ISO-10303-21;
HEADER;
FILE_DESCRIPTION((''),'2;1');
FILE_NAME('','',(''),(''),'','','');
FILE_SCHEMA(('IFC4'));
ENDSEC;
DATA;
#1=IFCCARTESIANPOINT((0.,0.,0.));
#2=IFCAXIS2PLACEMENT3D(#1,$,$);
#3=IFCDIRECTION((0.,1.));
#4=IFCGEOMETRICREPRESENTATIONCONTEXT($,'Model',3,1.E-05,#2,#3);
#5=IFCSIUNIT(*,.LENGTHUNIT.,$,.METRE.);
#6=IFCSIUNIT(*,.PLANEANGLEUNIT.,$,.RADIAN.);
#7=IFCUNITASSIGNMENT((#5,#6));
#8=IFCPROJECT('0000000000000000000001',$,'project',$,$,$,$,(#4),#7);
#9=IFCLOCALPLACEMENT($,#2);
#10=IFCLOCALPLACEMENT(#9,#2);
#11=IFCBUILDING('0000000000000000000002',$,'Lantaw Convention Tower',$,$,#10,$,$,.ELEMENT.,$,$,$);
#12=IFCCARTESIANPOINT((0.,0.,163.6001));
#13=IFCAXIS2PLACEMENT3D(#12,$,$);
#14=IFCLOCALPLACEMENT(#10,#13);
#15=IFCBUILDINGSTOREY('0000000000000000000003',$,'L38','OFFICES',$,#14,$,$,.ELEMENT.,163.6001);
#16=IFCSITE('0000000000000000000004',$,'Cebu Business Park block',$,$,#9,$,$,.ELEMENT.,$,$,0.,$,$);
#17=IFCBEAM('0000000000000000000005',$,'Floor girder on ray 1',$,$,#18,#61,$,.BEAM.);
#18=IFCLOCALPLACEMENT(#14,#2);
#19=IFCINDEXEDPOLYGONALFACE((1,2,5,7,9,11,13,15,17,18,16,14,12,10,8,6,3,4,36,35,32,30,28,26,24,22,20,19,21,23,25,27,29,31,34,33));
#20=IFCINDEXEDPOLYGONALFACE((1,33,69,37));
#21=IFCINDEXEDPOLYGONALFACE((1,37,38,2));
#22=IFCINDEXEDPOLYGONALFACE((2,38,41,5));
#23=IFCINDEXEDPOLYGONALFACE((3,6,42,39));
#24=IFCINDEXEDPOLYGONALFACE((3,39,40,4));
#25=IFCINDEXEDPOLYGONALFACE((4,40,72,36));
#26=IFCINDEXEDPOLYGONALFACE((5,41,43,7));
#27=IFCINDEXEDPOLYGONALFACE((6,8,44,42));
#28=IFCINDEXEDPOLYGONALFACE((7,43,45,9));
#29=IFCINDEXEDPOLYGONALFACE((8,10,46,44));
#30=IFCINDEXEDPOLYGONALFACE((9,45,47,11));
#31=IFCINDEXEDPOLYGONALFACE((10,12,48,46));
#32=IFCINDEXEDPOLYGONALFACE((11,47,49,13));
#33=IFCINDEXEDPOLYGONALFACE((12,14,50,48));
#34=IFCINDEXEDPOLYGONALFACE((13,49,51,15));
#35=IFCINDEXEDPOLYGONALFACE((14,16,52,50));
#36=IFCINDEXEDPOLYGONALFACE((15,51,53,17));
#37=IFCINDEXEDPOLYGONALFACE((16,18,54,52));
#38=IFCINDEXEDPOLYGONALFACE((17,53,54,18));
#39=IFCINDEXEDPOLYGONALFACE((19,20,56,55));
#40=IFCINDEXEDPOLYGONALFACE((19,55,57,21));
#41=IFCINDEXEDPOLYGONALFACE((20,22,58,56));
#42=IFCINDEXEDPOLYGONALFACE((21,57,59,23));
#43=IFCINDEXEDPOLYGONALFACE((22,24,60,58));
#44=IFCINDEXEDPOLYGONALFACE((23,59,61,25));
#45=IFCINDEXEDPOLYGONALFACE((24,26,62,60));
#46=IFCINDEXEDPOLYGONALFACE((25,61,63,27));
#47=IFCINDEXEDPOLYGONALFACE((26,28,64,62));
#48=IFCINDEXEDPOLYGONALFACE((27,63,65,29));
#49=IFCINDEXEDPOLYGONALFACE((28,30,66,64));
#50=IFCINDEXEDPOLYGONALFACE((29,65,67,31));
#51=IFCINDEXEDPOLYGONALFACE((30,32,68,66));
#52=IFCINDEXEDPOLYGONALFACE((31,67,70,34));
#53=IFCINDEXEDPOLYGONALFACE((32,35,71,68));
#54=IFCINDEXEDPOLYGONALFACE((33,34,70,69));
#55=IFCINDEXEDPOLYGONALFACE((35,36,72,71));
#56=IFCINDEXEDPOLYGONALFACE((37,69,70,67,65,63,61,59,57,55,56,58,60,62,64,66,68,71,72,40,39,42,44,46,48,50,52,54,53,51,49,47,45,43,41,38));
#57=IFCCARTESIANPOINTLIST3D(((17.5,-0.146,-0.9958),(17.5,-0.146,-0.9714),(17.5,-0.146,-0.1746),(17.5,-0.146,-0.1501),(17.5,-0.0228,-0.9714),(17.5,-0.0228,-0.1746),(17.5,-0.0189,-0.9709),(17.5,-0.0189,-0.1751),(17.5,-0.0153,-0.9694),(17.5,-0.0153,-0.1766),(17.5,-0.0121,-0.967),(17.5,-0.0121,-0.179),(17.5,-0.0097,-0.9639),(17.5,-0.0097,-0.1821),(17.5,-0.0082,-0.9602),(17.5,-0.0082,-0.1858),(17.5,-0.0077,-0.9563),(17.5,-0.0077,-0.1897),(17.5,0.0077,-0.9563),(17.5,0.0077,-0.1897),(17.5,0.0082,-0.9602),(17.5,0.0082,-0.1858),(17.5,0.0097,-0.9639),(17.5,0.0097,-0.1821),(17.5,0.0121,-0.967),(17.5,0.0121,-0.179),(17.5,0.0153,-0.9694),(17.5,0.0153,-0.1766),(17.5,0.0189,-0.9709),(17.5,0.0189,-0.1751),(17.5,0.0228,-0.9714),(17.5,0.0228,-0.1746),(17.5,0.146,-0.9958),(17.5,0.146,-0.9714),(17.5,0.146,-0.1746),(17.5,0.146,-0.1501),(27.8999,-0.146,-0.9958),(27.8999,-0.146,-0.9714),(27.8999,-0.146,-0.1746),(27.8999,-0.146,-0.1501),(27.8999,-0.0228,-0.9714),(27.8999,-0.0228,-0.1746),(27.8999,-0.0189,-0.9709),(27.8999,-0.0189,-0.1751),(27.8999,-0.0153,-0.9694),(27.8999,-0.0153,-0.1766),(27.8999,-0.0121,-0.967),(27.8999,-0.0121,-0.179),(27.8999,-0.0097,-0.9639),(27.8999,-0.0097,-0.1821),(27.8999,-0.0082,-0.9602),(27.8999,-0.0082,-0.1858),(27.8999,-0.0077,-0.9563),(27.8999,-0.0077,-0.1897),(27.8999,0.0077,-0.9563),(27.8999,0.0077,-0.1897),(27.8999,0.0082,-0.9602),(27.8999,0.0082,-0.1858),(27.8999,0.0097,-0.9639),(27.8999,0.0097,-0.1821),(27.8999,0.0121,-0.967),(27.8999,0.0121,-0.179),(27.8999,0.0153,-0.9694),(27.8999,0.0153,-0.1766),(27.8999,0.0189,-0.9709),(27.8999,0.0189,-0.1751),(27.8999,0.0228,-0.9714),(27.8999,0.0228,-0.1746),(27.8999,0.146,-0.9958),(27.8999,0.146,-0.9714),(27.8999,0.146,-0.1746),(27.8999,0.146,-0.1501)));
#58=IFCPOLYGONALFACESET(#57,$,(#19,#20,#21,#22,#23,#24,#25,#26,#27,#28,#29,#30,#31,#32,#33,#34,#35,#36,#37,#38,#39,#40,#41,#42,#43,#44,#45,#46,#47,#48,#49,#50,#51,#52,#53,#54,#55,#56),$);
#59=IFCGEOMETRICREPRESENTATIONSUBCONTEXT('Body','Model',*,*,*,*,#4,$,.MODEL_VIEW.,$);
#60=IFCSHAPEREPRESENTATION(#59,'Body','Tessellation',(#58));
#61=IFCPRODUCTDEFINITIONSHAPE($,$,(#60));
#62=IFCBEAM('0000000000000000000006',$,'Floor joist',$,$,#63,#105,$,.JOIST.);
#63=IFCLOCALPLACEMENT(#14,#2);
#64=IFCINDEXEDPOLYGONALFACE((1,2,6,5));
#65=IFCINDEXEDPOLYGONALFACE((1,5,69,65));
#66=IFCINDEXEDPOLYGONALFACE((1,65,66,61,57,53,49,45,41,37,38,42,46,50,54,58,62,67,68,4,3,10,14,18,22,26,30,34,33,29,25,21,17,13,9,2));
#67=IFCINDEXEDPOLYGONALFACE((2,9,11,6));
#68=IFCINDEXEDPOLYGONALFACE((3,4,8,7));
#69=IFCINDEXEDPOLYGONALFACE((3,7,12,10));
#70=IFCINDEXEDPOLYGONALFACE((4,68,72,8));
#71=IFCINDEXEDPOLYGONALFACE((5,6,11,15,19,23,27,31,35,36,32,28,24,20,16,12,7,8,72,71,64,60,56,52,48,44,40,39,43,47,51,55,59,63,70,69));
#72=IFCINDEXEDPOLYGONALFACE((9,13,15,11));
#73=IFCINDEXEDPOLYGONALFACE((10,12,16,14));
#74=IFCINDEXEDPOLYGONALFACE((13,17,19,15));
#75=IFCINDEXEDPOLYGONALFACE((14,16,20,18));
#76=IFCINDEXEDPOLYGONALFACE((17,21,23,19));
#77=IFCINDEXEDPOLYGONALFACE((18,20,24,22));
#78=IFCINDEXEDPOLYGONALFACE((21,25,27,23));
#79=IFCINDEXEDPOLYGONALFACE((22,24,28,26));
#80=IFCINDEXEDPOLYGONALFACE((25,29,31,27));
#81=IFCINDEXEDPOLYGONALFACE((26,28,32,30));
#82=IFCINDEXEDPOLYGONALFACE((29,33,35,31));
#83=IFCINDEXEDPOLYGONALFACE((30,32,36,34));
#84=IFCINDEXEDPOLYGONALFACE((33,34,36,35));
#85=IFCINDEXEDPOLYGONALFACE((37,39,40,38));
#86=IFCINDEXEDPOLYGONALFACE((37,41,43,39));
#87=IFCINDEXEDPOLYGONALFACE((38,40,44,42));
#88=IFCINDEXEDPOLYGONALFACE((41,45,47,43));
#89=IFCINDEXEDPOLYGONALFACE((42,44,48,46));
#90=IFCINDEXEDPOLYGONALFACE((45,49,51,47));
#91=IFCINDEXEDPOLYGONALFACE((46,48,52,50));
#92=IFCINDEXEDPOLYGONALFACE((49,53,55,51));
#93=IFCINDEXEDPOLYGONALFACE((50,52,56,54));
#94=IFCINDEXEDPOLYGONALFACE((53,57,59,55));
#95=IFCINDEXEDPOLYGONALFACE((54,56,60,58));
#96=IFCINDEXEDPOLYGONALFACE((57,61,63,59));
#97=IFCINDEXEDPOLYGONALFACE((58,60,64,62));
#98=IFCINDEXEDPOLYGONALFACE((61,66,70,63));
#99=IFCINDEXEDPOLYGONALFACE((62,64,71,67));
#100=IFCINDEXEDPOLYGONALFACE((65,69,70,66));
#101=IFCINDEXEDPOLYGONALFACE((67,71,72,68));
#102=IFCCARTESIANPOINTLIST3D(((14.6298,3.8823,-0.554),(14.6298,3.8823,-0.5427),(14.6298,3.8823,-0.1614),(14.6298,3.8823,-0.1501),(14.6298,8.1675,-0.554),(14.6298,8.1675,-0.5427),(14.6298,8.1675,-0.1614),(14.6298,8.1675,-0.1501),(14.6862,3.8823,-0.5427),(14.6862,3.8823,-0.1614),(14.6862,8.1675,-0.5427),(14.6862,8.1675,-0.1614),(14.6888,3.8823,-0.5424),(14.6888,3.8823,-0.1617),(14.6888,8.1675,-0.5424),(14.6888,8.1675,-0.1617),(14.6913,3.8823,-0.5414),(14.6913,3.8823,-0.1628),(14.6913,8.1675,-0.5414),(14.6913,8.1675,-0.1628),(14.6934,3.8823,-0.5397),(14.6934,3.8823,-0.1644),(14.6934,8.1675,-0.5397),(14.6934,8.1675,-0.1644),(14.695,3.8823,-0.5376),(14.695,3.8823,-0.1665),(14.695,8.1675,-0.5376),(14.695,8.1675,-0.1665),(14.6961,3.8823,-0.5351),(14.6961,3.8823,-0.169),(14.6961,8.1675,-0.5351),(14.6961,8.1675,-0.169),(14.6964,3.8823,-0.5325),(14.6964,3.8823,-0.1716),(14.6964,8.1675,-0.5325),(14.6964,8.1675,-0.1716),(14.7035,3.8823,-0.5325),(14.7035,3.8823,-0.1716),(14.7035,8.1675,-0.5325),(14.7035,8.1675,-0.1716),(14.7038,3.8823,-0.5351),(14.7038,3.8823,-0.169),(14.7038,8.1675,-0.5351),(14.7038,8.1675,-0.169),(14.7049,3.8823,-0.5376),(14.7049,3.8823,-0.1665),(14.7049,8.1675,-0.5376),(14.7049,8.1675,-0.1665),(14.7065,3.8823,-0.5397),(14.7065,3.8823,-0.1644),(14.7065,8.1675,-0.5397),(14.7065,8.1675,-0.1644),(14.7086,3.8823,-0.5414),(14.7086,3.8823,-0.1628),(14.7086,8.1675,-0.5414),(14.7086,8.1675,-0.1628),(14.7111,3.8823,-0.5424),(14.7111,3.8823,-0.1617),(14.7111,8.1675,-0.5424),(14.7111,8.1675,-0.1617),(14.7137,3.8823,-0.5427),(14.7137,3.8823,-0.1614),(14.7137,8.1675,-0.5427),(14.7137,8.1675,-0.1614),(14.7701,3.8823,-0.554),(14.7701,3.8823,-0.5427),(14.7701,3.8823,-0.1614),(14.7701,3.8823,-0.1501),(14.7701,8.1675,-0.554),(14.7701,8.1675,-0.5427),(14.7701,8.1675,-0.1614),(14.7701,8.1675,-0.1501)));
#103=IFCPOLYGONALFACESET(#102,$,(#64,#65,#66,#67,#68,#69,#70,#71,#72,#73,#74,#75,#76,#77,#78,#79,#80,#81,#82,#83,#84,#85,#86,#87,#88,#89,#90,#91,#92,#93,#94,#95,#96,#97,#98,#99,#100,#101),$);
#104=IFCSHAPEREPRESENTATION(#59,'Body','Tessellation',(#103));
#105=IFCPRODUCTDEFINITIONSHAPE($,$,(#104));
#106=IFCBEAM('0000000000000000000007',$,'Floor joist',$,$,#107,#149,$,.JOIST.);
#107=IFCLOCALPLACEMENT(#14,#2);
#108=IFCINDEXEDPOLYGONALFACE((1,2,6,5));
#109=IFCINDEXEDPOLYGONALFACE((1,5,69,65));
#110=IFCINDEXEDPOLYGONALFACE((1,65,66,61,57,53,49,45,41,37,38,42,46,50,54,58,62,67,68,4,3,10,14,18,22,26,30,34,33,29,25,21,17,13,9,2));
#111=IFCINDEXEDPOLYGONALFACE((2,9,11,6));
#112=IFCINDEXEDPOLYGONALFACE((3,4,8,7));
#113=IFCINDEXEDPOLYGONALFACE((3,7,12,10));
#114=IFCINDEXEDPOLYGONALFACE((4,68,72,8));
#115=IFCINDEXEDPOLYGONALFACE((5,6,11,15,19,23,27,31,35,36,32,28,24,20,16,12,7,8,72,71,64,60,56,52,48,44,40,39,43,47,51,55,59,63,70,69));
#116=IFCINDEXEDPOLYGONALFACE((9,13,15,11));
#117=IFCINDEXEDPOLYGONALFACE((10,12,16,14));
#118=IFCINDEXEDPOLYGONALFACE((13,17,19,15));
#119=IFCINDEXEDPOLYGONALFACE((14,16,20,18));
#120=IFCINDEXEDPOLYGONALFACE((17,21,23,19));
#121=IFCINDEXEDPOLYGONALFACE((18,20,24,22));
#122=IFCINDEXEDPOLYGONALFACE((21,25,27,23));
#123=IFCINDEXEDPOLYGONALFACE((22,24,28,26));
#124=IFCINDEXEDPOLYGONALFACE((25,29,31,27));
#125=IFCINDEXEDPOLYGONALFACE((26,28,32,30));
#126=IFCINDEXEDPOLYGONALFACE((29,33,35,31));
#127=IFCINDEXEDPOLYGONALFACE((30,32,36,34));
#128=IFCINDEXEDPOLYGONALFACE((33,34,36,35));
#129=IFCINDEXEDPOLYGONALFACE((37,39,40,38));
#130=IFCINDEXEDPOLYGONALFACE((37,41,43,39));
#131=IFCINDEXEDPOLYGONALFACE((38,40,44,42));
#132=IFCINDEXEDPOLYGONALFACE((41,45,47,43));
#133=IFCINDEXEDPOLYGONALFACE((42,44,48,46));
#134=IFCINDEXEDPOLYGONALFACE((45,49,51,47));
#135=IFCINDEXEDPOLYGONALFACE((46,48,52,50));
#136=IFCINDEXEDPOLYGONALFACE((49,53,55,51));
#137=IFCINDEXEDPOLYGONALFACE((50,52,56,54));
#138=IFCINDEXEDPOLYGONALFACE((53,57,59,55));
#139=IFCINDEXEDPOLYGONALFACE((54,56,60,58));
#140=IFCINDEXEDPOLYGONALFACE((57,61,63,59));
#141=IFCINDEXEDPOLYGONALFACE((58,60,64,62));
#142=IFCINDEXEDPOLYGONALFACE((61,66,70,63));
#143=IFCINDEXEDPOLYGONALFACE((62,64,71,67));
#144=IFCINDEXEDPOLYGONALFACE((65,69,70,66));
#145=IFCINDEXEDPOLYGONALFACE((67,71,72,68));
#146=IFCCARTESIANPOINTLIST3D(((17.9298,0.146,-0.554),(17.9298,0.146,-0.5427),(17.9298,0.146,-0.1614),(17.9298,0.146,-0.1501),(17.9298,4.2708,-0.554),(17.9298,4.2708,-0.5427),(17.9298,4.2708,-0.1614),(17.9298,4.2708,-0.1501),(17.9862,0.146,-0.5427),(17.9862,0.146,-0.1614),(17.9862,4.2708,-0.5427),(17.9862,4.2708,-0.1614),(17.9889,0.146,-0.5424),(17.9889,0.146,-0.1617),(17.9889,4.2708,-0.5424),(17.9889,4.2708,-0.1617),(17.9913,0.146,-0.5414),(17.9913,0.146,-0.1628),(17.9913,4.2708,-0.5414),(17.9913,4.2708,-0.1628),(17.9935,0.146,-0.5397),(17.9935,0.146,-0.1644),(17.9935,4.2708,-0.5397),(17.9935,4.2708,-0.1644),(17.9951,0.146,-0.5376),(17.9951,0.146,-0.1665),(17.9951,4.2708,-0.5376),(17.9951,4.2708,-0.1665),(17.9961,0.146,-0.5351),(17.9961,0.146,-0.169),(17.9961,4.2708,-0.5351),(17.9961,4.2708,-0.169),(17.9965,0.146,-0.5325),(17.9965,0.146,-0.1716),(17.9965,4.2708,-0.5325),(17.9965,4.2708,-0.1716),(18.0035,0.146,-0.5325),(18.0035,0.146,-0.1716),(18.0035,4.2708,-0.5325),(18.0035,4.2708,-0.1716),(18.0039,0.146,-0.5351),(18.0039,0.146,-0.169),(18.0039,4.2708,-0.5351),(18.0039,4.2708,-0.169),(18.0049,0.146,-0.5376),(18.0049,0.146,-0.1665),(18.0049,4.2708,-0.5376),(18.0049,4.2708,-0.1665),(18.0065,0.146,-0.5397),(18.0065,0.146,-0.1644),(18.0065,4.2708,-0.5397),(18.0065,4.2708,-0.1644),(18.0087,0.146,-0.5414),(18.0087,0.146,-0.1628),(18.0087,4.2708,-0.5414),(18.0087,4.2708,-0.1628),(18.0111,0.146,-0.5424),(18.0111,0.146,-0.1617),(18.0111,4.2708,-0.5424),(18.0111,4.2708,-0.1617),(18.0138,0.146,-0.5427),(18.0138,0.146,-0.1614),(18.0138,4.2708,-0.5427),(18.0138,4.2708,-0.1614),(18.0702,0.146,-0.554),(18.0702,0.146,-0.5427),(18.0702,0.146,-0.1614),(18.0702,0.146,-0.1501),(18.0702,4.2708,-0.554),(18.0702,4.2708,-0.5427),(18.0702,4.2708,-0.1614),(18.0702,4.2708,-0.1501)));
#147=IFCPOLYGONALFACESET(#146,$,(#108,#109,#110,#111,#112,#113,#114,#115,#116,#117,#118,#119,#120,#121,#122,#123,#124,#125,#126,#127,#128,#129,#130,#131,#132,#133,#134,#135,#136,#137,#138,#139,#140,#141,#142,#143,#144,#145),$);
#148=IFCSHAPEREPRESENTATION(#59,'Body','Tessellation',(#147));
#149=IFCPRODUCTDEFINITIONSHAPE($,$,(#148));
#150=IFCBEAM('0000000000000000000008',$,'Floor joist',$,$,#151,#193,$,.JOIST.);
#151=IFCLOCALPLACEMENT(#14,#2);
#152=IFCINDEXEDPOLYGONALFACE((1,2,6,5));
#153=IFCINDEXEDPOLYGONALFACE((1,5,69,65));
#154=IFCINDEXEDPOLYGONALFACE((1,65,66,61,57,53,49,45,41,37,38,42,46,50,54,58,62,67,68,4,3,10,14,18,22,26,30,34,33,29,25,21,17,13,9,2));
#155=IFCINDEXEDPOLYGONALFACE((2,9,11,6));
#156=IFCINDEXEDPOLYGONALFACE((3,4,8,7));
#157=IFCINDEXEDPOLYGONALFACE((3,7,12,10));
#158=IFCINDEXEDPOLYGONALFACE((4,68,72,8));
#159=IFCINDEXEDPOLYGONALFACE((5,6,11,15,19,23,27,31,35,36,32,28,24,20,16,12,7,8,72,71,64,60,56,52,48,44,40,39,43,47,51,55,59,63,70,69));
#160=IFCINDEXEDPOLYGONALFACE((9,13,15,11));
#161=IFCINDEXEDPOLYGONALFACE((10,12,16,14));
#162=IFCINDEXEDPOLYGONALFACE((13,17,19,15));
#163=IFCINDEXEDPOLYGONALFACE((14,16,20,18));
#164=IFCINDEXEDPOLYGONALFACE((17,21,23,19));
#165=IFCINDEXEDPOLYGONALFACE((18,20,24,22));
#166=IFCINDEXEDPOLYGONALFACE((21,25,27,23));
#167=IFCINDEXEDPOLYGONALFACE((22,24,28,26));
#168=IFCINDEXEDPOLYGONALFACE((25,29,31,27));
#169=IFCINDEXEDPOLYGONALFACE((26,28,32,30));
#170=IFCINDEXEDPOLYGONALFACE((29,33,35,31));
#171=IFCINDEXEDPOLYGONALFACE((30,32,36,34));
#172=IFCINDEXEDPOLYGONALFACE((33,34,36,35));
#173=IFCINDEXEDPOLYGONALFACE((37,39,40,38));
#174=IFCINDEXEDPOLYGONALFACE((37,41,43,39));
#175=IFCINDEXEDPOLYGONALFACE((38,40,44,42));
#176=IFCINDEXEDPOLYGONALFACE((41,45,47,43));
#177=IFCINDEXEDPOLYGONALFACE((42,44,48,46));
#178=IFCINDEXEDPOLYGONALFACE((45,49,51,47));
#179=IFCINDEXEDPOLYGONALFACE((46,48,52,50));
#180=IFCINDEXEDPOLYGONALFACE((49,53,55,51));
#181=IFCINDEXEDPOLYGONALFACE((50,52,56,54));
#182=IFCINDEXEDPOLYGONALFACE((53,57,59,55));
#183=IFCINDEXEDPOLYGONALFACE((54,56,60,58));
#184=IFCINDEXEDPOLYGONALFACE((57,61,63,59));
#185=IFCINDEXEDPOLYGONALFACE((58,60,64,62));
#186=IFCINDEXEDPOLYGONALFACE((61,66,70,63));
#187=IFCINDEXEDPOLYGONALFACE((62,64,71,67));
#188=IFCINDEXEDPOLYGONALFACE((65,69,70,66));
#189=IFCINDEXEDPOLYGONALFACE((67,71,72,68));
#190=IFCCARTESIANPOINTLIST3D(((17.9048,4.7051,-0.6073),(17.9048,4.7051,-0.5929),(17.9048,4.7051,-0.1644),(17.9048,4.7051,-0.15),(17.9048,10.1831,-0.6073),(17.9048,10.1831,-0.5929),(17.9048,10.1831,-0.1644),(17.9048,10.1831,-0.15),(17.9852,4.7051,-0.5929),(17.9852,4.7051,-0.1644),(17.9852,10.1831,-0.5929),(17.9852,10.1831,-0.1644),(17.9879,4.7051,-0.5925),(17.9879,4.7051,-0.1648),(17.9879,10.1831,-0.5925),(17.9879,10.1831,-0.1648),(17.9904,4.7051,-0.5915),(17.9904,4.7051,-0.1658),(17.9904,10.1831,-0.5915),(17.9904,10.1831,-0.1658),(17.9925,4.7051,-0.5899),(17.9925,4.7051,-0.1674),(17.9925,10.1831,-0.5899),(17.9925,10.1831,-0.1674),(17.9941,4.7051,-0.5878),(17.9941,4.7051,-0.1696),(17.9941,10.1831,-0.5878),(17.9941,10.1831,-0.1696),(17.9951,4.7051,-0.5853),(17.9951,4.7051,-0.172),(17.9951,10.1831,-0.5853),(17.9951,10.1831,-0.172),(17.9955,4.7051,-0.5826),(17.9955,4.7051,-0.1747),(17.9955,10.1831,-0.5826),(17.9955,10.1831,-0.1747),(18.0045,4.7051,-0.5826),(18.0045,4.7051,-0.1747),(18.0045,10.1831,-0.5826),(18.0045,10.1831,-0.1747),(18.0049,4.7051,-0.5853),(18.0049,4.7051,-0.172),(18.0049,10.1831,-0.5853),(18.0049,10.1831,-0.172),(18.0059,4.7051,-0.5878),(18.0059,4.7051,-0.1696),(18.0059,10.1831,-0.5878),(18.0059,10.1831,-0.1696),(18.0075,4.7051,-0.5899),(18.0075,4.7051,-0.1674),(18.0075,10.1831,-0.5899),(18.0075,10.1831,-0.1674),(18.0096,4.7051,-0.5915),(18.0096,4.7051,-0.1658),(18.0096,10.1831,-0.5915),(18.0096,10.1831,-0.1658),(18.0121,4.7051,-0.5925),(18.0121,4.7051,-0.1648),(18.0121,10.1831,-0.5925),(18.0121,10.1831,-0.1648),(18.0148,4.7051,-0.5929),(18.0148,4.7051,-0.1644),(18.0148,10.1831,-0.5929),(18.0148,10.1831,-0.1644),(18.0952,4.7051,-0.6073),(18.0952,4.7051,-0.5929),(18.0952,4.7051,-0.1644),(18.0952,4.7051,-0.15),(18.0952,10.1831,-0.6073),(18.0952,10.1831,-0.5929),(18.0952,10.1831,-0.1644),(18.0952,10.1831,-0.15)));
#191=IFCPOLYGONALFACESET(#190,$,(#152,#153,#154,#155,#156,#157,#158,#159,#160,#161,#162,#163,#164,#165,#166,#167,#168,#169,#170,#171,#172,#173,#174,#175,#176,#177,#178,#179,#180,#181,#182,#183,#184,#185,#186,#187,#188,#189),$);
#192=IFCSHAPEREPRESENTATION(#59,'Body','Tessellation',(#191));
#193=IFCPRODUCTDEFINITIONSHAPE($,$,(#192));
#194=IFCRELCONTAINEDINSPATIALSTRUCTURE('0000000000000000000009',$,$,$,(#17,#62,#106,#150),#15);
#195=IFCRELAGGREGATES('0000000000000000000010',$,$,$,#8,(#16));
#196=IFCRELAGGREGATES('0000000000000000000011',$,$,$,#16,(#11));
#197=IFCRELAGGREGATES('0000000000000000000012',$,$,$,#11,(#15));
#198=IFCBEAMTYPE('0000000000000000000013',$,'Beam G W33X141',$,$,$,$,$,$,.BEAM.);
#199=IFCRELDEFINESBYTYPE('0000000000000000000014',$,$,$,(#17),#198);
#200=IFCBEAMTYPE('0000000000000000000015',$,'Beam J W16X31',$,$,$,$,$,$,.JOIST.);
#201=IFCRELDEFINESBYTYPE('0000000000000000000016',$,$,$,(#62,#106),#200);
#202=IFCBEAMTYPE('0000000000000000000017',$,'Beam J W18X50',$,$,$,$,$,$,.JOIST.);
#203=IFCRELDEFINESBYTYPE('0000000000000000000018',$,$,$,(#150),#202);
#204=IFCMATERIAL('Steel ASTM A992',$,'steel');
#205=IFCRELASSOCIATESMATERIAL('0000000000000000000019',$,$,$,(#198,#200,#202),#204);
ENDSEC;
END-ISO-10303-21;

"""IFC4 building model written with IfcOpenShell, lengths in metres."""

from ifc_helpers import new_model, si_unit, direction, frame, origin, origin_2d, place, context, subcontext, project, spatial, i_section, extrude, material, material_profile, profile_set, type_object, element, save


model = new_model("IFC4")

# Units and contexts
model_context = context("Model", 3, precision=1e-05, world=origin(), true_north=direction((0.0, 1.0)))
body_context = subcontext(model_context, "Body", "Model", "MODEL_VIEW")
ifc_project = project(units=[si_unit("LENGTHUNIT", "METRE"), si_unit("PLANEANGLEUNIT", "RADIAN")], contexts=[model_context])

# Site, building, storey
site_placement = place(None, origin())
site = spatial("IfcSite", under=ifc_project, at=site_placement, Name="Cebu Business Park block", CompositionType="ELEMENT", RefElevation=0.0)
building_placement = place(site_placement, origin())
building = spatial("IfcBuilding", under=site, at=building_placement, Name="Lantaw Convention Tower", CompositionType="ELEMENT")
storey_placement = place(building_placement, frame((0.0, 0.0, 163.6001)))
storey = spatial("IfcBuildingStorey", under=building, at=storey_placement, Name="L38", Description="OFFICES", CompositionType="ELEMENT", Elevation=163.6001)

# Beams
ifc_material_1 = material(Name="Steel ASTM A992", Category="steel")
ifc_material_profile_1 = material_profile(ifc_material_1, i_section(OverallWidth=0.292, OverallDepth=0.8457, WebThickness=0.0154, FlangeThickness=0.0244, FilletRadius=0.0151, at=origin_2d()), Name="W33X141")
ifc_profile_set_1 = profile_set([ifc_material_profile_1], Name="Steel ASTM A992")
beam_type_1 = type_object("IfcBeamType", Name="Beam G W33X141", PredefinedType="BEAM", material=ifc_profile_set_1)
beam_1_placement = place(storey_placement, frame((17.5, 0.0, -0.573), z_axis=(1.0, 0.0, 0.0), x_axis=(0.0, 1.0, 0.0)))
element("IfcBeam", 1, at=beam_1_placement, inside=storey, type_object=beam_type_1, Name="Floor girder on ray 1", PredefinedType="BEAM", context=body_context, shape_type="SweptSolid", body=[
    extrude(i_section(OverallWidth=0.292, OverallDepth=0.8457, WebThickness=0.0154, FlangeThickness=0.0244, FilletRadius=0.0151, at=origin_2d()), origin(), (0.0, 0.0, 1.0), 10.3999),
])
ifc_material_profile_2 = material_profile(ifc_material_1, i_section(OverallWidth=0.1404, OverallDepth=0.4038, WebThickness=0.0071, FlangeThickness=0.0112, FilletRadius=0.0103, at=origin_2d()), Name="W16X31")
ifc_profile_set_2 = profile_set([ifc_material_profile_2], Name="Steel ASTM A992")
beam_type_2 = type_object("IfcBeamType", Name="Beam J W16X31", PredefinedType="JOIST", material=ifc_profile_set_2)
beam_2_placement = place(storey_placement, frame((14.7, 3.8823, -0.3521), z_axis=(0.0, 1.0, 0.0), x_axis=(-1.0, 0.0, 0.0)))
element("IfcBeam", 2, at=beam_2_placement, inside=storey, type_object=beam_type_2, Name="Floor joist", PredefinedType="JOIST", context=body_context, shape_type="SweptSolid", body=[
    extrude(i_section(OverallWidth=0.1404, OverallDepth=0.4038, WebThickness=0.0071, FlangeThickness=0.0112, FilletRadius=0.0103, at=origin_2d()), origin(), (0.0, 0.0, 1.0), 4.2852),
])
beam_3_placement = place(storey_placement, frame((18.0, 0.146, -0.3521), z_axis=(0.0, 1.0, 0.0), x_axis=(-1.0, 0.0, 0.0)))
element("IfcBeam", 3, at=beam_3_placement, inside=storey, type_object=beam_type_2, Name="Floor joist", PredefinedType="JOIST", context=body_context, shape_type="SweptSolid", body=[
    extrude(i_section(OverallWidth=0.1404, OverallDepth=0.4038, WebThickness=0.0071, FlangeThickness=0.0112, FilletRadius=0.0103, at=origin_2d()), origin(), (0.0, 0.0, 1.0), 4.1248),
])
ifc_material_profile_3 = material_profile(ifc_material_1, i_section(OverallWidth=0.1904, OverallDepth=0.4573, WebThickness=0.009, FlangeThickness=0.0144, FilletRadius=0.0103, at=origin_2d()), Name="W18X50")
ifc_profile_set_3 = profile_set([ifc_material_profile_3], Name="Steel ASTM A992")
beam_type_3 = type_object("IfcBeamType", Name="Beam J W18X50", PredefinedType="JOIST", material=ifc_profile_set_3)
beam_4_placement = place(storey_placement, frame((18.0, 4.7051, -0.3787), z_axis=(0.0, 1.0, 0.0), x_axis=(-1.0, 0.0, 0.0)))
element("IfcBeam", 4, at=beam_4_placement, inside=storey, type_object=beam_type_3, Name="Floor joist", PredefinedType="JOIST", context=body_context, shape_type="SweptSolid", body=[
    extrude(i_section(OverallWidth=0.1904, OverallDepth=0.4573, WebThickness=0.009, FlangeThickness=0.0144, FilletRadius=0.0103, at=origin_2d()), origin(), (0.0, 0.0, 1.0), 5.478),
])

save(model, "model.ifc")
